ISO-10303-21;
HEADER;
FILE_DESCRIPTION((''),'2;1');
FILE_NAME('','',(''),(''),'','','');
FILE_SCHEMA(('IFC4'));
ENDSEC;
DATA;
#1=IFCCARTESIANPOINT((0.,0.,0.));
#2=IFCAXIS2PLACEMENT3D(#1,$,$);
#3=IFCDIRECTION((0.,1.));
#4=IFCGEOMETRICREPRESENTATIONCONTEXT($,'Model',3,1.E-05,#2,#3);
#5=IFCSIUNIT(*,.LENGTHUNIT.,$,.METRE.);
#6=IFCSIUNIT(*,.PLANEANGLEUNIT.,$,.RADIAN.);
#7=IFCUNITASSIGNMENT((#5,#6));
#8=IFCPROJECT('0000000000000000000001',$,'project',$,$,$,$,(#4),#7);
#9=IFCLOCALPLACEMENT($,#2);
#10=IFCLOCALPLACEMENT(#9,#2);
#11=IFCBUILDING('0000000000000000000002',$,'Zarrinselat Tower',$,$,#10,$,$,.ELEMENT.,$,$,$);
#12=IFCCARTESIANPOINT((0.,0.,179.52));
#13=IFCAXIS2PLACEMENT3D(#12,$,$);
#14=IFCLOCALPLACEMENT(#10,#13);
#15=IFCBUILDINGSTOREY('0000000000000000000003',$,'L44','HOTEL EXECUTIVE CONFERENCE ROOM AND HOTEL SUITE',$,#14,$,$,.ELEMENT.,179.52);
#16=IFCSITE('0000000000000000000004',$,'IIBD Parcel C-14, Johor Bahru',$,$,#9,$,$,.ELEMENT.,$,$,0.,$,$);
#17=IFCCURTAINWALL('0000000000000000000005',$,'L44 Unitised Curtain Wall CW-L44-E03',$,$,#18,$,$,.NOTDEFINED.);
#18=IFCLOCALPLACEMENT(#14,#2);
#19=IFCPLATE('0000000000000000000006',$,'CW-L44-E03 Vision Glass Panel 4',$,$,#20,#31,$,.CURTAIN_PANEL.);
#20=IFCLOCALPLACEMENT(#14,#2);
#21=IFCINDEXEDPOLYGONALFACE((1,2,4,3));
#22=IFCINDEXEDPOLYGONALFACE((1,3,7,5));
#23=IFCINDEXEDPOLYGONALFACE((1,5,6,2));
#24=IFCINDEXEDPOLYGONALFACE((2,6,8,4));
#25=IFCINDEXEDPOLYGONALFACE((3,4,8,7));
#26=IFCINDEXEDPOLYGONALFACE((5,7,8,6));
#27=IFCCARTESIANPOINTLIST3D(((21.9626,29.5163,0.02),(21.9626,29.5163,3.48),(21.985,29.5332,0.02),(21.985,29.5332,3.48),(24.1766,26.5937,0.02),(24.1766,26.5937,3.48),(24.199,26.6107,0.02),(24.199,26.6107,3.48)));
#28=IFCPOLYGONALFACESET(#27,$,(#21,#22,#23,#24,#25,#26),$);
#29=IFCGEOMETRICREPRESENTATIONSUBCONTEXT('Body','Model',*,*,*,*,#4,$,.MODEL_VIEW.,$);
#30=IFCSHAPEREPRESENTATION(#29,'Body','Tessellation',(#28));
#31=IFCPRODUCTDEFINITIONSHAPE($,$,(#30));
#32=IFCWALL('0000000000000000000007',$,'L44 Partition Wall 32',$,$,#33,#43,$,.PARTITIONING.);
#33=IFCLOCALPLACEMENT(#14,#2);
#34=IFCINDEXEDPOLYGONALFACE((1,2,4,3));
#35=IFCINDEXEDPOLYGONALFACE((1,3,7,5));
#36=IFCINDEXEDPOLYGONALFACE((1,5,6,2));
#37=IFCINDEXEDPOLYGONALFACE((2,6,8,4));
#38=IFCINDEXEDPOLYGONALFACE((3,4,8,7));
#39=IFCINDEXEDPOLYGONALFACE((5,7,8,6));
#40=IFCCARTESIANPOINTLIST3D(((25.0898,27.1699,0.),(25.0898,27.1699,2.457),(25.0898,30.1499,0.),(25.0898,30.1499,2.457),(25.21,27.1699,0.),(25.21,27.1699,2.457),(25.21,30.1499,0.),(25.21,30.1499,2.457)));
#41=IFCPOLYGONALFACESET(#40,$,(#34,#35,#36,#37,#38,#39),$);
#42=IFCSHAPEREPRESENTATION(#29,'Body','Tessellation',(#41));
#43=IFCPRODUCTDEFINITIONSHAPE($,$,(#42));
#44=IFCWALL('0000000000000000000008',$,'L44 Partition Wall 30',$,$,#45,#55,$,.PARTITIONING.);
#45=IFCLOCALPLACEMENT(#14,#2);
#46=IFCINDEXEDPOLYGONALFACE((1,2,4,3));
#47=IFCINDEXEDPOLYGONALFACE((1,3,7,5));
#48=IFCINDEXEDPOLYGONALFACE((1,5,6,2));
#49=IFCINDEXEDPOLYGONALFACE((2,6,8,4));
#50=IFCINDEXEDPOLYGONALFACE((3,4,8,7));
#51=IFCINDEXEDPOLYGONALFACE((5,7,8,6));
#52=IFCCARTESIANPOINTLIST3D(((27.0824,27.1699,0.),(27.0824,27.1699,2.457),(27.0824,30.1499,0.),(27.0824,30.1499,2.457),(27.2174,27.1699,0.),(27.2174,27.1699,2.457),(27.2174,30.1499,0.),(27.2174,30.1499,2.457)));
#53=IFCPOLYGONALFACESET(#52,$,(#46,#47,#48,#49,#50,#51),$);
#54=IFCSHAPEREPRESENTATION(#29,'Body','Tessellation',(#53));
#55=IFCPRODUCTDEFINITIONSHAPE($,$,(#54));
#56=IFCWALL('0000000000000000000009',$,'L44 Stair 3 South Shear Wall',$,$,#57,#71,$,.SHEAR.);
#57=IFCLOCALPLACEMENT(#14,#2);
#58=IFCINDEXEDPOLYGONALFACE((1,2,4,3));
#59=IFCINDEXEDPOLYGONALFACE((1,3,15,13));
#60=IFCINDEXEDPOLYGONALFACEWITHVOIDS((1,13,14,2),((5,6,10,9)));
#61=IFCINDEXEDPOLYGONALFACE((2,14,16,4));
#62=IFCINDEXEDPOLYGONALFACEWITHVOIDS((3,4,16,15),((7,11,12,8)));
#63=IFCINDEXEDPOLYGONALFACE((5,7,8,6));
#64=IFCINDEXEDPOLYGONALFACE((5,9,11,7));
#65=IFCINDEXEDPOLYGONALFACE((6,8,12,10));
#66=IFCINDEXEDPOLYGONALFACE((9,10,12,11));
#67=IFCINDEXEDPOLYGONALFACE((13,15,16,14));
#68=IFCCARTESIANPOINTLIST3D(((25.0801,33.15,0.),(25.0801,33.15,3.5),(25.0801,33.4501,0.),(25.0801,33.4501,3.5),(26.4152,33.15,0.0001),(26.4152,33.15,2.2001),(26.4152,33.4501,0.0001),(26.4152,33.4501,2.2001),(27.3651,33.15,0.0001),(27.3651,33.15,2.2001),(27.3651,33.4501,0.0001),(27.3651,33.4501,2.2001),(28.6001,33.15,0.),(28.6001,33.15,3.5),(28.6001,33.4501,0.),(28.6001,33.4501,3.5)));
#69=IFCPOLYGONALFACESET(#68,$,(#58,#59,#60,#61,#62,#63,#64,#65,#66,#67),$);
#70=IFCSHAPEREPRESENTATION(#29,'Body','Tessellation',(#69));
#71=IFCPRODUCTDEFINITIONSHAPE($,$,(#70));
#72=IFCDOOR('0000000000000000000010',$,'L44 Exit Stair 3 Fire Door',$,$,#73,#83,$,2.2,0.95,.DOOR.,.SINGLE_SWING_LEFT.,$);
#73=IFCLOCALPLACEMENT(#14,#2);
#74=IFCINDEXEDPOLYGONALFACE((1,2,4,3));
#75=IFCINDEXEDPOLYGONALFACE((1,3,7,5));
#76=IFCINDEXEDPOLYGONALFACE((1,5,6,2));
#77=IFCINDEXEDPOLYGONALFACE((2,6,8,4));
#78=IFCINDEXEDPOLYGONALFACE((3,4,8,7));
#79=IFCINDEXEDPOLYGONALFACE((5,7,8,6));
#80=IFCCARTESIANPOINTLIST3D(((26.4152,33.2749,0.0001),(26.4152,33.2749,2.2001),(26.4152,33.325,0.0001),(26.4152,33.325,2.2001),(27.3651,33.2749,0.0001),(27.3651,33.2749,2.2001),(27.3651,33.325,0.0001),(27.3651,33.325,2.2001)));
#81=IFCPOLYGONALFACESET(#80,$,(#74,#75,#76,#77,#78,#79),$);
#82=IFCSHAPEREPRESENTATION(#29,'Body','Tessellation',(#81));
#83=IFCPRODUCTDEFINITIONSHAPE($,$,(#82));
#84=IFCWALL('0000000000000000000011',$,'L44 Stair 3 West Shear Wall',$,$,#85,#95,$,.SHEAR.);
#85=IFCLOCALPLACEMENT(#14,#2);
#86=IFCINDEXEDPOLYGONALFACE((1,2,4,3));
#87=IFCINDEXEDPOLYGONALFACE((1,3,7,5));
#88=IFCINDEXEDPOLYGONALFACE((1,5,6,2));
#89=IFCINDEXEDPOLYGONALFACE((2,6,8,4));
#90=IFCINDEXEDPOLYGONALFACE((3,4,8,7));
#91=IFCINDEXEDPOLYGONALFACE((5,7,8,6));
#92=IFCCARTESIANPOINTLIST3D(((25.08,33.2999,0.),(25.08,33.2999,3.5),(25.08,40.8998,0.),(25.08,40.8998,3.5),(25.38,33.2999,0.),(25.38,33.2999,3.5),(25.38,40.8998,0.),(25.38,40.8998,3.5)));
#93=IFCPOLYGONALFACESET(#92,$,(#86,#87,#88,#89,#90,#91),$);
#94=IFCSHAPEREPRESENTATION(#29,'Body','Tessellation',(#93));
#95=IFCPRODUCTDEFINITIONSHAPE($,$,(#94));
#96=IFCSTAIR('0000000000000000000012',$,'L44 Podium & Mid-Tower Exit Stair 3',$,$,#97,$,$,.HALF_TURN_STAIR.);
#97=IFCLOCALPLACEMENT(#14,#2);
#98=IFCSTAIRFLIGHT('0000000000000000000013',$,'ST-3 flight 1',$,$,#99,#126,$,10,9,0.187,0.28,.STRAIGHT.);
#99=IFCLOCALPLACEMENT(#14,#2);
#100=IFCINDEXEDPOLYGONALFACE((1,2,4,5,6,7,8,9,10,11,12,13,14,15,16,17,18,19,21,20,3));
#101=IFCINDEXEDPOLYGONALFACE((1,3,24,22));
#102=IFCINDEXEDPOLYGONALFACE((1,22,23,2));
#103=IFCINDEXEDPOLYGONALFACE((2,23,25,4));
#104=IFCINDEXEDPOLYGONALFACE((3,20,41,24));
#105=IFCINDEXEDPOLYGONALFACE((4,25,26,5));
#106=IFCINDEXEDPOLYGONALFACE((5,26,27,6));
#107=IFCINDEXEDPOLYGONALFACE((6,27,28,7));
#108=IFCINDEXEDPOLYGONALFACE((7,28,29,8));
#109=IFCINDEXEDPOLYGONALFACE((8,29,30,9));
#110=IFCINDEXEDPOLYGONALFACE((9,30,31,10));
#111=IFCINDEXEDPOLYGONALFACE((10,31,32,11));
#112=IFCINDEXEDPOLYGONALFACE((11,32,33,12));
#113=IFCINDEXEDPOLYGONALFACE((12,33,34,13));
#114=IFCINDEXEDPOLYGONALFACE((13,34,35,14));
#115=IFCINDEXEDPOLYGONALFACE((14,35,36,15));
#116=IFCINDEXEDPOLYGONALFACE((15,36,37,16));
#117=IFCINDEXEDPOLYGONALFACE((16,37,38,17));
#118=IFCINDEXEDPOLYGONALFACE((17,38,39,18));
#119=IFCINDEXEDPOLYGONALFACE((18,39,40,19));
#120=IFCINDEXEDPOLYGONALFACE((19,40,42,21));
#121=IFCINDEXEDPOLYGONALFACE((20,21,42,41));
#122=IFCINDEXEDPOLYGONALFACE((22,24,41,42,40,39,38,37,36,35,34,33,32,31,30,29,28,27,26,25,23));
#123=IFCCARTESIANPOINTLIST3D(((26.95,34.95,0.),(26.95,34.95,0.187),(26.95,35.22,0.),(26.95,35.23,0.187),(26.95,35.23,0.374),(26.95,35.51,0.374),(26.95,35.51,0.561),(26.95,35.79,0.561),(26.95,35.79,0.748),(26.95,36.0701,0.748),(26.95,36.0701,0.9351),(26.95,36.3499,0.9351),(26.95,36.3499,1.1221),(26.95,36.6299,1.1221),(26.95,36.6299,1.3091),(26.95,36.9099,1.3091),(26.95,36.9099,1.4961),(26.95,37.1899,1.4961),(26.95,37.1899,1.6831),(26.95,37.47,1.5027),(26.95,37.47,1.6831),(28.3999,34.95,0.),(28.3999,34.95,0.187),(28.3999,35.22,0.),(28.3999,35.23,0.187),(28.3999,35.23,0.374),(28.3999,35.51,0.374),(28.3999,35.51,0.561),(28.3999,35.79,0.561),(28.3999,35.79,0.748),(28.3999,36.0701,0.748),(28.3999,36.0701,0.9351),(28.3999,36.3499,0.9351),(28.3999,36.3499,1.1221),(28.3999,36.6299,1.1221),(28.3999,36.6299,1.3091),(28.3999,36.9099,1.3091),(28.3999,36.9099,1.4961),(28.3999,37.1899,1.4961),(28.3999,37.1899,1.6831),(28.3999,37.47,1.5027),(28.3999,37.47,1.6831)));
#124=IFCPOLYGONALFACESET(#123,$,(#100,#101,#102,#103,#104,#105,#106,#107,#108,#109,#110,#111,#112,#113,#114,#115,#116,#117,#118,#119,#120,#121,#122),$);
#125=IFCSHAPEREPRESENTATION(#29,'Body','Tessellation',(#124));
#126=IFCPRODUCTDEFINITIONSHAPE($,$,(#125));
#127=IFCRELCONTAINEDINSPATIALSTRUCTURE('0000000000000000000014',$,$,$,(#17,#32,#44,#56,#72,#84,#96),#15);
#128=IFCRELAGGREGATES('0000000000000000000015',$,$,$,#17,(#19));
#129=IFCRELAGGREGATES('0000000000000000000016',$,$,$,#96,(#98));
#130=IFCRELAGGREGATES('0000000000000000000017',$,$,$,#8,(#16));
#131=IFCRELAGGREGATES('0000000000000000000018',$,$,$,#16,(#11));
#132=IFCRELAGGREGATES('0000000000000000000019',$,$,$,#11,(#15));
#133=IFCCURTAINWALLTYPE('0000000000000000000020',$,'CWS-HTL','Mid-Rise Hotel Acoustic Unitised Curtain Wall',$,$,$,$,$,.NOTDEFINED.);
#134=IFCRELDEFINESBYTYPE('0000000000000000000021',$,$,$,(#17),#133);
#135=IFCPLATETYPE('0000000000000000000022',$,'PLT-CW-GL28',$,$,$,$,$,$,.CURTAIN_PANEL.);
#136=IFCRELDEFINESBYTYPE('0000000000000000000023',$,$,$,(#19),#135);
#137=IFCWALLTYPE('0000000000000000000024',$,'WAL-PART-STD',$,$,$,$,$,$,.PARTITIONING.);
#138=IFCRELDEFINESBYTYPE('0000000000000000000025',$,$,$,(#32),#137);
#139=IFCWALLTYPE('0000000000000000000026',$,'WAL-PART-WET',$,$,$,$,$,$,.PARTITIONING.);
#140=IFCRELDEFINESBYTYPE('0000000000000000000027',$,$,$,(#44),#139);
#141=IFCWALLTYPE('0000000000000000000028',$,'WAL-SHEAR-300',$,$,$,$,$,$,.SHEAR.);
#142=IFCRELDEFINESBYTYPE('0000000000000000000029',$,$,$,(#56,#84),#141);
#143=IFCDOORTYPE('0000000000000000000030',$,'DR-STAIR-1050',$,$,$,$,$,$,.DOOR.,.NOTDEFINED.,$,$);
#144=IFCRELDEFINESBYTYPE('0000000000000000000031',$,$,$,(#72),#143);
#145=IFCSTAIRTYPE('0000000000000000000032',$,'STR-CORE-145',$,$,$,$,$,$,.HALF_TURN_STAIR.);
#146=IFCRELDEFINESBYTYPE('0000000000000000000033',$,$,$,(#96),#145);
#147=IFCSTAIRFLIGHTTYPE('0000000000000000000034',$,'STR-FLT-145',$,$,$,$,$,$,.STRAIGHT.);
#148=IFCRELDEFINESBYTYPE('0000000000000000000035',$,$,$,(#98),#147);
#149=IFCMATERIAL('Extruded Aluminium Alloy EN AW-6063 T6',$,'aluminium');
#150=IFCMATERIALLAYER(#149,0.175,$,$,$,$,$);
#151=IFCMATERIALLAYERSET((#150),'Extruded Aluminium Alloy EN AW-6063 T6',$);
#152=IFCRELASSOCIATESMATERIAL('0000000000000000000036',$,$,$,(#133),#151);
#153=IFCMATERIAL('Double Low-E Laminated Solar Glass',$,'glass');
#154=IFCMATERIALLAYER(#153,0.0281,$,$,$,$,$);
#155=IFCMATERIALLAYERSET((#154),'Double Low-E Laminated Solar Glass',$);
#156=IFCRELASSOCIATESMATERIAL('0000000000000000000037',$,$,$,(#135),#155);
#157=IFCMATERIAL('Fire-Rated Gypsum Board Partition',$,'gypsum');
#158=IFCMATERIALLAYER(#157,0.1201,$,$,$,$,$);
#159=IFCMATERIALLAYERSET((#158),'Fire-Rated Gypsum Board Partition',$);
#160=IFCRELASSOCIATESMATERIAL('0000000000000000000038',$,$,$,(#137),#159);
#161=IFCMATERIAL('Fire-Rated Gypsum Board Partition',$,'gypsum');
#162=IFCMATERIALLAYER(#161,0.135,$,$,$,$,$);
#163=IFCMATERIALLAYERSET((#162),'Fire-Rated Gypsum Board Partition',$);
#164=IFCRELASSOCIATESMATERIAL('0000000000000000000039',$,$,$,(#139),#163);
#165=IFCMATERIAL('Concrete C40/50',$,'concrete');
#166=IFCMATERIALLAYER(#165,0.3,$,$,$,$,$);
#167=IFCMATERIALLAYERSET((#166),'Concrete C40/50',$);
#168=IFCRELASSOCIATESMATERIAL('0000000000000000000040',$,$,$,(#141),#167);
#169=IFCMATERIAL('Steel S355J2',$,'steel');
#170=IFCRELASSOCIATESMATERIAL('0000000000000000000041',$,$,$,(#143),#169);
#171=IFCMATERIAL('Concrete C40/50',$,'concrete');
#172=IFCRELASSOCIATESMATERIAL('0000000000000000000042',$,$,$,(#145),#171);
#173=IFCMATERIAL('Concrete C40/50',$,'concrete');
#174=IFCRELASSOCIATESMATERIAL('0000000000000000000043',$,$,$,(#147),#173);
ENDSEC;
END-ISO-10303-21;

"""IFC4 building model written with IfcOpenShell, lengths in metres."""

from ifc_helpers import new_model, si_unit, direction, frame, frame_2d, origin, origin_2d, place, context, subcontext, project, spatial, polyline, rectangle, outline, extrude, material, layer, layer_set, type_object, element, fill, aggregate, save


model = new_model("IFC4")

# Units and contexts
model_context = context("Model", 3, precision=1e-05, world=origin(), true_north=direction((0.0, 1.0)))
body_context = subcontext(model_context, "Body", "Model", "MODEL_VIEW")
ifc_project = project(units=[si_unit("LENGTHUNIT", "METRE"), si_unit("PLANEANGLEUNIT", "RADIAN")], contexts=[model_context])

# Site, building, storey
site_placement = place(None, origin())
site = spatial("IfcSite", under=ifc_project, at=site_placement, Name="IIBD Parcel C-14, Johor Bahru", CompositionType="ELEMENT", RefElevation=0.0)
building_placement = place(site_placement, origin())
building = spatial("IfcBuilding", under=site, at=building_placement, Name="Zarrinselat Tower", CompositionType="ELEMENT")
storey_placement = place(building_placement, frame((0.0, 0.0, 179.52)))
storey = spatial("IfcBuildingStorey", under=building, at=storey_placement, Name="L44", Description="HOTEL EXECUTIVE CONFERENCE ROOM AND HOTEL SUITE", CompositionType="ELEMENT", Elevation=179.52)

# Curtain wall, plate
ifc_material_1 = material(Name="Extruded Aluminium Alloy EN AW-6063 T6", Category="aluminium")
ifc_layer_1 = layer(ifc_material_1, 0.175)
ifc_layer_set_1 = layer_set([ifc_layer_1], Name="Extruded Aluminium Alloy EN AW-6063 T6")
curtain_wall_type = type_object("IfcCurtainWallType", Name="CWS-HTL", Description="Mid-Rise Hotel Acoustic Unitised Curtain Wall", PredefinedType="NOTDEFINED", material=ifc_layer_set_1)
curtain_wall_placement = place(storey_placement, origin())
curtain_wall = element("IfcCurtainWall", 1, at=curtain_wall_placement, inside=storey, type_object=curtain_wall_type, Name="L44 Unitised Curtain Wall CW-L44-E03", PredefinedType="NOTDEFINED")
ifc_material_2 = material(Name="Double Low-E Laminated Solar Glass", Category="glass")
ifc_layer_2 = layer(ifc_material_2, 0.0281)
ifc_layer_set_2 = layer_set([ifc_layer_2], Name="Double Low-E Laminated Solar Glass")
plate_type = type_object("IfcPlateType", Name="PLT-CW-GL28", PredefinedType="CURTAIN_PANEL", material=ifc_layer_set_2)
plate_1_placement = place(storey_placement, frame((23.0808, 28.0635, 0.02), z_axis=(0.0, 0.0, 1.0), x_axis=(0.603857, -0.797092, 0.0)))
plate_1 = element("IfcPlate", 2, at=plate_1_placement, type_object=plate_type, Name="CW-L44-E03 Vision Glass Panel 4", PredefinedType="CURTAIN_PANEL", context=body_context, shape_type="SweptSolid", body=[
    extrude(rectangle(XDim=3.6665, YDim=0.0281, at=origin_2d()), origin(), (0.0, 0.0, 1.0), 3.46),
])
aggregate(curtain_wall, [plate_1])

# Walls
ifc_material_3 = material(Name="Fire-Rated Gypsum Board Partition", Category="gypsum")
ifc_layer_3 = layer(ifc_material_3, 0.1201)
ifc_layer_set_3 = layer_set([ifc_layer_3], Name="Fire-Rated Gypsum Board Partition")
wall_type_1 = type_object("IfcWallType", Name="WAL-PART-STD", PredefinedType="PARTITIONING", material=ifc_layer_set_3)
wall_1_placement = place(storey_placement, frame((25.1499, 27.1699, 0.0), z_axis=(0.0, 0.0, 1.0), x_axis=(0.0, 1.0, 0.0)))
element("IfcWall", 3, at=wall_1_placement, inside=storey, type_object=wall_type_1, Name="L44 Partition Wall 32", PredefinedType="PARTITIONING", context=body_context, shape_type="SweptSolid", body=[
    extrude(rectangle(XDim=2.98, YDim=0.1201, at=frame_2d((1.49, 0.0))), origin(), (0.0, 0.0, 1.0), 2.457),
])
ifc_material_4 = material(Name="Fire-Rated Gypsum Board Partition", Category="gypsum")
ifc_layer_4 = layer(ifc_material_4, 0.135)
ifc_layer_set_4 = layer_set([ifc_layer_4], Name="Fire-Rated Gypsum Board Partition")
wall_type_2 = type_object("IfcWallType", Name="WAL-PART-WET", PredefinedType="PARTITIONING", material=ifc_layer_set_4)
wall_2_placement = place(storey_placement, frame((27.1499, 27.1699, 0.0), z_axis=(0.0, 0.0, 1.0), x_axis=(0.0, 1.0, 0.0)))
element("IfcWall", 4, at=wall_2_placement, inside=storey, type_object=wall_type_2, Name="L44 Partition Wall 30", PredefinedType="PARTITIONING", context=body_context, shape_type="SweptSolid", body=[
    extrude(rectangle(XDim=2.98, YDim=0.135, at=frame_2d((1.49, 0.0))), origin(), (0.0, 0.0, 1.0), 2.457),
])

# Wall, opening, door
ifc_material_5 = material(Name="Concrete C40/50", Category="concrete")
ifc_layer_5 = layer(ifc_material_5, 0.3)
ifc_layer_set_5 = layer_set([ifc_layer_5], Name="Concrete C40/50")
wall_type_3 = type_object("IfcWallType", Name="WAL-SHEAR-300", PredefinedType="SHEAR", material=ifc_layer_set_5)
wall_3_placement = place(storey_placement, frame((25.0801, 33.3, 0.0), z_axis=(0.0, 0.0, 1.0), x_axis=(1.0, 0.0, 0.0)))
wall_3 = element("IfcWall", 5, at=wall_3_placement, inside=storey, type_object=wall_type_3, Name="L44 Stair 3 South Shear Wall", PredefinedType="SHEAR", context=body_context, shape_type="SweptSolid", body=[
    extrude(rectangle(XDim=3.52, YDim=0.3, at=frame_2d((1.76, 0.0))), origin(), (0.0, 0.0, 1.0), 3.5),
])
opening_placement = place(wall_3_placement, frame((1.335, 0.0, 0.0)))
opening = element("IfcOpeningElement", 6, at=opening_placement, cuts=wall_3, PredefinedType="OPENING", context=body_context, shape_type="SweptSolid", body=[
    extrude(rectangle(XDim=0.95, YDim=2.2, at=frame_2d((0.4751, 1.1001))), frame((0.0, 0.1599, 0.0), z_axis=(0.0, -1.0, 0.0), x_axis=(1.0, 0.0, 0.0)), (0.0, 0.0, 1.0), 0.3201),
])
ifc_material_6 = material(Name="Steel S355J2", Category="steel")
door_type = type_object("IfcDoorType", Name="DR-STAIR-1050", OperationType="NOTDEFINED", PredefinedType="DOOR", material=ifc_material_6)
door_placement = place(opening_placement, origin())
door = element("IfcDoor", 7, at=door_placement, inside=storey, type_object=door_type, Name="L44 Exit Stair 3 Fire Door", OperationType="SINGLE_SWING_LEFT", OverallHeight=2.2, OverallWidth=0.95, PredefinedType="DOOR", context=body_context, shape_type="SweptSolid", body=[
    extrude(rectangle(XDim=0.95, YDim=2.2, at=frame_2d((0.4751, 1.1001))), frame((0.0, 0.0249, 0.0), z_axis=(0.0, -1.0, 0.0), x_axis=(1.0, 0.0, 0.0)), (0.0, 0.0, 1.0), 0.05),
])
fill(opening, door)

# Wall
wall_4_placement = place(storey_placement, frame((25.23, 33.3, 0.0), z_axis=(0.0, 0.0, 1.0), x_axis=(0.0, 1.0, 0.0)))
element("IfcWall", 8, at=wall_4_placement, inside=storey, type_object=wall_type_3, Name="L44 Stair 3 West Shear Wall", PredefinedType="SHEAR", context=body_context, shape_type="SweptSolid", body=[
    extrude(rectangle(XDim=7.5999, YDim=0.3, at=frame_2d((3.7998, 0.0))), origin(), (0.0, 0.0, 1.0), 3.5),
])

# Stair, stair flight
ifc_material_7 = material(Name="Concrete C40/50", Category="concrete")
stair_type = type_object("IfcStairType", Name="STR-CORE-145", PredefinedType="HALF_TURN_STAIR", material=ifc_material_7)
stair_placement = place(storey_placement, origin())
stair = element("IfcStair", 9, at=stair_placement, inside=storey, type_object=stair_type, Name="L44 Podium & Mid-Tower Exit Stair 3", PredefinedType="HALF_TURN_STAIR")
ifc_material_8 = material(Name="Concrete C40/50", Category="concrete")
stair_flight_type = type_object("IfcStairFlightType", Name="STR-FLT-145", PredefinedType="STRAIGHT", material=ifc_material_8)
stair_flight_placement = place(storey_placement, frame((27.675, 34.95, 0.0), z_axis=(0.0, 0.0, 1.0), x_axis=(0.0, 1.0, 0.0)))
stair_flight = element("IfcStairFlight", 10, at=stair_flight_placement, type_object=stair_flight_type, Name="ST-3 flight 1", NumberOfRisers=10, NumberOfTreads=9, PredefinedType="STRAIGHT", RiserHeight=0.187, TreadLength=0.28, context=body_context, shape_type="SweptSolid", body=[
    extrude(outline(polyline([(0.0, 0.0), (0.0, 0.187), (0.28, 0.187), (0.28, 0.374), (0.5601, 0.374), (0.5601, 0.561), (0.8401, 0.561), (0.8401, 0.748), (1.1201, 0.748), (1.1201, 0.9351), (1.3999, 0.9351), (1.3999, 1.1221), (1.6799, 1.1221), (1.6799, 1.3091), (1.96, 1.3091), (1.96, 1.4961), (2.24, 1.4961), (2.24, 1.6831), (2.52, 1.6831), (2.52, 1.8701), (2.52, 1.5027), (0.27, 0.0), (0.0, 0.0)])), frame((0.0, 0.7251, 0.0), z_axis=(0.0, -1.0, 0.0), x_axis=(1.0, 0.0, 0.0)), (0.0, 0.0, 1.0), 1.45),
])
aggregate(stair, [stair_flight])

save(model, "model.ifc")
